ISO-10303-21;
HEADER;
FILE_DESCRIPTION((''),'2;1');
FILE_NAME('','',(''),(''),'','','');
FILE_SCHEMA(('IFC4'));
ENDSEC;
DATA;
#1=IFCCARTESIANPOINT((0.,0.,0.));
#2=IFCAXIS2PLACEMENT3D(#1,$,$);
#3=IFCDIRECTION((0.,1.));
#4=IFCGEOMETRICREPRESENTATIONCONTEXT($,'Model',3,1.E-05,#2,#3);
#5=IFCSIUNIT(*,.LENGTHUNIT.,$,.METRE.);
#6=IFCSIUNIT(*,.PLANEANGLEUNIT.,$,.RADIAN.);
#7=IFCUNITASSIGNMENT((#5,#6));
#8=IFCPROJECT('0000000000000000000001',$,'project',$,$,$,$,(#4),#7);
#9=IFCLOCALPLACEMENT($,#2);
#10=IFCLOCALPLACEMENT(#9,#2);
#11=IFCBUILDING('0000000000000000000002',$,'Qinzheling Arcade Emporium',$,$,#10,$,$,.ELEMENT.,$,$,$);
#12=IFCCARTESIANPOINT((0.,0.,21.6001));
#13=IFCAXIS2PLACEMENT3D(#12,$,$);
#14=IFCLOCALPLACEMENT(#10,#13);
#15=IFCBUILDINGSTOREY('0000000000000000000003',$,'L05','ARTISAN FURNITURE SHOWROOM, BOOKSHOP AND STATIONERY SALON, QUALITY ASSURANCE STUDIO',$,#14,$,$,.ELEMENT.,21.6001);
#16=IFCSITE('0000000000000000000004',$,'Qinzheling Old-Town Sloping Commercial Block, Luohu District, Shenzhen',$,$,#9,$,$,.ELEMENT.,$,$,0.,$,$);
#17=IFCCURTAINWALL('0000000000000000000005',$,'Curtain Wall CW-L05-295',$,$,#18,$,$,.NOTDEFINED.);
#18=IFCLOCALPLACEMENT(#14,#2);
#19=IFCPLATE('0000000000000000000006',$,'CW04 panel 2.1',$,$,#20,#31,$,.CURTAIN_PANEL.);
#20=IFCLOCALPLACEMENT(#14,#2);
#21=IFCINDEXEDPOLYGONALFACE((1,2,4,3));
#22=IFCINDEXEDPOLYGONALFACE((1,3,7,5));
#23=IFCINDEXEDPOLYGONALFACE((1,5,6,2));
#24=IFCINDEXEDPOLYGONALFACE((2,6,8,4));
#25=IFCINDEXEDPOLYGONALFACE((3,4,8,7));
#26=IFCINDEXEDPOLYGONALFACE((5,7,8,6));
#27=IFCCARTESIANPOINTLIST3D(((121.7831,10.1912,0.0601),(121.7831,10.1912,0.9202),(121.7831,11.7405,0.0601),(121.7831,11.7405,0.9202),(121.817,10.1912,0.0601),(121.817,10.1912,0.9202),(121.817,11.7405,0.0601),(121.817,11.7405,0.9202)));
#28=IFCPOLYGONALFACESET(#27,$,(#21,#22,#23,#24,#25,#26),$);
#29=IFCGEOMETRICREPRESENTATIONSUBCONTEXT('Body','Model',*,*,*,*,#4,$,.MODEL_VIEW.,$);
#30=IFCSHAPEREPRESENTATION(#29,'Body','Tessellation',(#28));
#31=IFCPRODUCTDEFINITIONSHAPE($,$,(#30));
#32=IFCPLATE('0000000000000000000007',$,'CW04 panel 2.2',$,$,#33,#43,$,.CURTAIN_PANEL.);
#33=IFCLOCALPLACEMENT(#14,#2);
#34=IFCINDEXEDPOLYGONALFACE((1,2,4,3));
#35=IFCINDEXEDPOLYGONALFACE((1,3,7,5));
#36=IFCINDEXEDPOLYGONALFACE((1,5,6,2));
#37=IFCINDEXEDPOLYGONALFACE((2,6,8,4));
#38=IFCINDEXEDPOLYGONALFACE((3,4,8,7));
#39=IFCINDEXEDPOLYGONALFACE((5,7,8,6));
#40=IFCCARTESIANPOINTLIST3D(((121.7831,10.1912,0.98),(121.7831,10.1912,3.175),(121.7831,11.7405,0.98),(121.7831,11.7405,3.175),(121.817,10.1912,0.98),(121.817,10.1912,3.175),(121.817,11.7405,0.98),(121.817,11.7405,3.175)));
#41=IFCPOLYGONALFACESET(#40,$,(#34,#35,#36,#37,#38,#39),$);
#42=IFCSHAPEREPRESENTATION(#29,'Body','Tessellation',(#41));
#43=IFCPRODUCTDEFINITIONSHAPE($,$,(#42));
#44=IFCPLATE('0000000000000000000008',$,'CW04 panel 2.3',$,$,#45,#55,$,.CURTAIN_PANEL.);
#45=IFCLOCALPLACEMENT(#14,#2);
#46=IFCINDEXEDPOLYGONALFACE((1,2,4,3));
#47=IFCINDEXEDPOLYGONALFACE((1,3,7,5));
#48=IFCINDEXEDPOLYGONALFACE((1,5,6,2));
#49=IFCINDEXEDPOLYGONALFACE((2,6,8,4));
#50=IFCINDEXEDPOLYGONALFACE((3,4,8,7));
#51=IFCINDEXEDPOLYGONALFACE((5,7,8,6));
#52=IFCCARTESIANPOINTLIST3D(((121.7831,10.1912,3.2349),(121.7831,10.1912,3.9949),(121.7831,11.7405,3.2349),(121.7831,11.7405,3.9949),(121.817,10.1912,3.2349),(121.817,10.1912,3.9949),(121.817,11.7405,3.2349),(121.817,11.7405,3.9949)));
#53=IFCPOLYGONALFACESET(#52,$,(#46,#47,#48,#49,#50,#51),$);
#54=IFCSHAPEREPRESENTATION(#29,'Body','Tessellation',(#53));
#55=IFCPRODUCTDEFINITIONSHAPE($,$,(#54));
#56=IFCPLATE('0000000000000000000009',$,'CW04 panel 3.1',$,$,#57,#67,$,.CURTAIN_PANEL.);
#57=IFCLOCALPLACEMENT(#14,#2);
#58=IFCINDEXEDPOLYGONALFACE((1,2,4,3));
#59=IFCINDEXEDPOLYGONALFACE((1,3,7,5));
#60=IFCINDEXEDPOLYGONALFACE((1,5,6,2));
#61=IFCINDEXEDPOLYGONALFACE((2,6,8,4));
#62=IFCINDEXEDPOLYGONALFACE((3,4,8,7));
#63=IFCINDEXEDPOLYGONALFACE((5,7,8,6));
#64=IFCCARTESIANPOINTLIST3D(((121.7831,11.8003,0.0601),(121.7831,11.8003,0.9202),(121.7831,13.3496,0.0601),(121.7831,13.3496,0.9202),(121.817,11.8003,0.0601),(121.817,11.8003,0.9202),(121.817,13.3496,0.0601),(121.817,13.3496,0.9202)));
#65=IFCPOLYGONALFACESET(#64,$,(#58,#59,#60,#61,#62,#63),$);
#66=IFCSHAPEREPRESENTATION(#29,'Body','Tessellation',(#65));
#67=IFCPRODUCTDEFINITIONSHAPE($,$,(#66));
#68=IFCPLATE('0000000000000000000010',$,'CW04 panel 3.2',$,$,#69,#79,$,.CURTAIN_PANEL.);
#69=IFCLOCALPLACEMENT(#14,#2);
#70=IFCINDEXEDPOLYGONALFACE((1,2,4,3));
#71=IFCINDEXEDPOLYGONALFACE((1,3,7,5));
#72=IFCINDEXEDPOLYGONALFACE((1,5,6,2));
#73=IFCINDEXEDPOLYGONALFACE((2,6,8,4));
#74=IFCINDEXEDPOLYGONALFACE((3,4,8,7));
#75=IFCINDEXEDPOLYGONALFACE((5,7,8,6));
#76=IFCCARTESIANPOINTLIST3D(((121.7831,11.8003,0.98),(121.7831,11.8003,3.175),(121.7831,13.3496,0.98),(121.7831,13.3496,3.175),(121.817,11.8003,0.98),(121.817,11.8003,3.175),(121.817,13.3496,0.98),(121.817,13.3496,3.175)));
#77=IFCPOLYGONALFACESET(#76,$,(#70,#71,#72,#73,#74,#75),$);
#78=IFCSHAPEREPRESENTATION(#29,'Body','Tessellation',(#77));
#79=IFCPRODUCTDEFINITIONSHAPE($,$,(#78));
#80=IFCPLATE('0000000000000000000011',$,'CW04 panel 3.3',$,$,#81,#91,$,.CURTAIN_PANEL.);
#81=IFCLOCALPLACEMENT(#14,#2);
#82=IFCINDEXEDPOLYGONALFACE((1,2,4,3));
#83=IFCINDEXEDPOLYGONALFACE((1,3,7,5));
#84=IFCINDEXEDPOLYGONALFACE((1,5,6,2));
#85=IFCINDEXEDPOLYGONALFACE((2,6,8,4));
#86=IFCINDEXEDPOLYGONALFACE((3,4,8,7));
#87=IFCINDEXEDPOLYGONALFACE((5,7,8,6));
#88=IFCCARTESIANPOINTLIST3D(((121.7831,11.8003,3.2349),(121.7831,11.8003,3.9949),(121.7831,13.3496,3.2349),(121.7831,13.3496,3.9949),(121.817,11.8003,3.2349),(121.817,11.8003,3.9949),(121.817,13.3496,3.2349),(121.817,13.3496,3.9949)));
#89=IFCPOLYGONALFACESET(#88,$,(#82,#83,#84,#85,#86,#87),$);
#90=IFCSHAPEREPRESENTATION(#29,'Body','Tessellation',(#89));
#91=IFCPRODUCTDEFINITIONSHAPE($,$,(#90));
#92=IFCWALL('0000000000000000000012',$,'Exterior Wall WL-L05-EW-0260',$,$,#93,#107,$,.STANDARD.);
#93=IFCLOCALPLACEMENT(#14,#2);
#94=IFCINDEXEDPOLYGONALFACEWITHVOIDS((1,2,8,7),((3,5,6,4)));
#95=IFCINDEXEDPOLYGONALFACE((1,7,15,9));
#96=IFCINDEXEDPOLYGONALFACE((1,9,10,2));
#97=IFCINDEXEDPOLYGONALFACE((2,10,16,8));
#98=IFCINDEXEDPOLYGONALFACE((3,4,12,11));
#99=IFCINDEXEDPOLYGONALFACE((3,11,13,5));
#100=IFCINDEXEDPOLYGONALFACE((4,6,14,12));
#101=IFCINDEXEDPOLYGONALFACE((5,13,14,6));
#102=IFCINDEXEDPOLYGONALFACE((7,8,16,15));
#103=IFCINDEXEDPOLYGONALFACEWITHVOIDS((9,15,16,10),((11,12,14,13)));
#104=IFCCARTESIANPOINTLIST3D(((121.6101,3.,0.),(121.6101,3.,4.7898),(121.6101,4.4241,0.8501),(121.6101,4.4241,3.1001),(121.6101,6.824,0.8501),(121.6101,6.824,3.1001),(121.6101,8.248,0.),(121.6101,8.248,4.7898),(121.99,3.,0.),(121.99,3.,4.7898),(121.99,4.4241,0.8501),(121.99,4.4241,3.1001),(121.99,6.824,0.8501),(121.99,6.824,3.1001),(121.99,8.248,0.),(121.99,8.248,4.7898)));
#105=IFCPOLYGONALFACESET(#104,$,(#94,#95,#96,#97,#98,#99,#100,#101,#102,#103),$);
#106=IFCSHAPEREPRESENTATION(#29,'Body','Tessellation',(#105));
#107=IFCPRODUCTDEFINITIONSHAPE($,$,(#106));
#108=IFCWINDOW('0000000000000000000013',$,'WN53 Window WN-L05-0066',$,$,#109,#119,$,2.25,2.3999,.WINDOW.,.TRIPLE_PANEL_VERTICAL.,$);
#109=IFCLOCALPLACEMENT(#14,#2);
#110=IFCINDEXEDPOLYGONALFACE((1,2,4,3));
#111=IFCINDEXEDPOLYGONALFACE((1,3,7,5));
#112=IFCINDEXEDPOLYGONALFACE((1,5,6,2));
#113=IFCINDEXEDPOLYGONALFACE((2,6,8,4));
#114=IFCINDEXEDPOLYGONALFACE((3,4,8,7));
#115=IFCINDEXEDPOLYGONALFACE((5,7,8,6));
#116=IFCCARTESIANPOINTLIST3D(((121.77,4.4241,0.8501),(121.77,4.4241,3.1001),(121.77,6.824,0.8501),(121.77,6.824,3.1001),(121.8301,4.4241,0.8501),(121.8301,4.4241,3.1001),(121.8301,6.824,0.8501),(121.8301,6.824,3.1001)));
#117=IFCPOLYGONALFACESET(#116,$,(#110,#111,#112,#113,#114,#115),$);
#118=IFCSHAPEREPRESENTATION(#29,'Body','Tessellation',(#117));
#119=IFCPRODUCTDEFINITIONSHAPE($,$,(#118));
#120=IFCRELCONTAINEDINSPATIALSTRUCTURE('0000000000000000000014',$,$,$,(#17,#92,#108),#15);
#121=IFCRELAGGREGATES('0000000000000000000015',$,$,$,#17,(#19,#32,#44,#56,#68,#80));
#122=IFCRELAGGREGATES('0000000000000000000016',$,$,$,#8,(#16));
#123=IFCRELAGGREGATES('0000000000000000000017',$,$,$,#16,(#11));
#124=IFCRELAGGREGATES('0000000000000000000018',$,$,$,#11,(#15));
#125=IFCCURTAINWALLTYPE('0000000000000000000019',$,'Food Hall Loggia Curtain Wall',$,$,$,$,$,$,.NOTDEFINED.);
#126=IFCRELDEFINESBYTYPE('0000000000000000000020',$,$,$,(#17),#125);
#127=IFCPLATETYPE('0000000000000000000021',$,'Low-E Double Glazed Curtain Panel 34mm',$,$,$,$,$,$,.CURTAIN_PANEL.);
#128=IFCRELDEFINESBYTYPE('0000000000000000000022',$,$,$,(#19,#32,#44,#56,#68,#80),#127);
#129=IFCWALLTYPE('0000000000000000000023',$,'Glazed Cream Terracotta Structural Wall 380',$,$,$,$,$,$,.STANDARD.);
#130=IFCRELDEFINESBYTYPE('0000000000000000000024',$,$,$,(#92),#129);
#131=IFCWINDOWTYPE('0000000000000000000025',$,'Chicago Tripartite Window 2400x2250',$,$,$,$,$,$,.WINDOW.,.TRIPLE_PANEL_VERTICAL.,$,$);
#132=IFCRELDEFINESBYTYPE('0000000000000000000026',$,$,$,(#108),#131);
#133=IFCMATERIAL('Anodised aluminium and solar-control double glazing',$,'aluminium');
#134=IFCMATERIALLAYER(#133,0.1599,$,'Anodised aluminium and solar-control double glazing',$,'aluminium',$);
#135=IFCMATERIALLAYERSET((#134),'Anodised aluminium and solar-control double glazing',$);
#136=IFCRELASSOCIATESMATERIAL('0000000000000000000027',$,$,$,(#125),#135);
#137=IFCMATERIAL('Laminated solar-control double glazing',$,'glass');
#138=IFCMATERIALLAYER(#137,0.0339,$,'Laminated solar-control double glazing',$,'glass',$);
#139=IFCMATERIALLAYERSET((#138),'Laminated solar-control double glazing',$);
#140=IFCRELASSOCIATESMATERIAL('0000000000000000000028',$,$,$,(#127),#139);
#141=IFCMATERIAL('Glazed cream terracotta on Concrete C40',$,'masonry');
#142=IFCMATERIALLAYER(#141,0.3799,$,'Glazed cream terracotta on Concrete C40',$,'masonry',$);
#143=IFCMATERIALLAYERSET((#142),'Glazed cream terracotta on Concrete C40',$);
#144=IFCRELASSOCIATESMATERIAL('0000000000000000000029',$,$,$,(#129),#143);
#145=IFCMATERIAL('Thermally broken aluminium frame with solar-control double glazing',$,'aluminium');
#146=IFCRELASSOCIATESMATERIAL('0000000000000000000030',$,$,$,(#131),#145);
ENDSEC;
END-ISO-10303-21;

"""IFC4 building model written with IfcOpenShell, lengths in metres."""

from ifc_helpers import new_model, si_unit, direction, frame, frame_2d, origin, origin_2d, place, context, subcontext, project, spatial, rectangle, extrude, material, layer, layer_set, type_object, element, fill, aggregate, save


model = new_model("IFC4")

# Units and contexts
model_context = context("Model", 3, precision=1e-05, world=origin(), true_north=direction((0.0, 1.0)))
body_context = subcontext(model_context, "Body", "Model", "MODEL_VIEW")
ifc_project = project(units=[si_unit("LENGTHUNIT", "METRE"), si_unit("PLANEANGLEUNIT", "RADIAN")], contexts=[model_context])

# Site, building, storey
site_placement = place(None, origin())
site = spatial("IfcSite", under=ifc_project, at=site_placement, Name="Qinzheling Old-Town Sloping Commercial Block, Luohu District, Shenzhen", CompositionType="ELEMENT", RefElevation=0.0)
building_placement = place(site_placement, origin())
building = spatial("IfcBuilding", under=site, at=building_placement, Name="Qinzheling Arcade Emporium", CompositionType="ELEMENT")
storey_placement = place(building_placement, frame((0.0, 0.0, 21.6001)))
storey = spatial("IfcBuildingStorey", under=building, at=storey_placement, Name="L05", Description="ARTISAN FURNITURE SHOWROOM, BOOKSHOP AND STATIONERY SALON, QUALITY ASSURANCE STUDIO", CompositionType="ELEMENT", Elevation=21.6001)

# Curtain wall
ifc_material_1 = material(Name="Anodised aluminium and solar-control double glazing", Category="aluminium")
ifc_layer_1 = layer(ifc_material_1, 0.1599, Name="Anodised aluminium and solar-control double glazing", Category="aluminium")
ifc_layer_set_1 = layer_set([ifc_layer_1], Name="Anodised aluminium and solar-control double glazing")
curtain_wall_type = type_object("IfcCurtainWallType", Name="Food Hall Loggia Curtain Wall", PredefinedType="NOTDEFINED", material=ifc_layer_set_1)
curtain_wall_placement = place(storey_placement, origin())
curtain_wall = element("IfcCurtainWall", 1, at=curtain_wall_placement, inside=storey, type_object=curtain_wall_type, Name="Curtain Wall CW-L05-295", PredefinedType="NOTDEFINED")

# Plates
ifc_material_2 = material(Name="Laminated solar-control double glazing", Category="glass")
ifc_layer_2 = layer(ifc_material_2, 0.0339, Name="Laminated solar-control double glazing", Category="glass")
ifc_layer_set_2 = layer_set([ifc_layer_2], Name="Laminated solar-control double glazing")
plate_type = type_object("IfcPlateType", Name="Low-E Double Glazed Curtain Panel 34mm", PredefinedType="CURTAIN_PANEL", material=ifc_layer_set_2)
plate_1_placement = place(storey_placement, frame((121.8, 10.9658, 0.0601), z_axis=(0.0, 0.0, 1.0), x_axis=(0.0, 1.0, 0.0)))
plate_1 = element("IfcPlate", 2, at=plate_1_placement, type_object=plate_type, Name="CW04 panel 2.1", PredefinedType="CURTAIN_PANEL", context=body_context, shape_type="SweptSolid", body=[
    extrude(rectangle(XDim=1.5493, YDim=0.0339, at=origin_2d()), origin(), (0.0, 0.0, 1.0), 0.8601),
])
plate_2_placement = place(storey_placement, frame((121.8, 10.9658, 0.98), z_axis=(0.0, 0.0, 1.0), x_axis=(0.0, 1.0, 0.0)))
plate_2 = element("IfcPlate", 3, at=plate_2_placement, type_object=plate_type, Name="CW04 panel 2.2", PredefinedType="CURTAIN_PANEL", context=body_context, shape_type="SweptSolid", body=[
    extrude(rectangle(XDim=1.5493, YDim=0.0339, at=origin_2d()), origin(), (0.0, 0.0, 1.0), 2.1951),
])
plate_3_placement = place(storey_placement, frame((121.8, 10.9658, 3.2349), z_axis=(0.0, 0.0, 1.0), x_axis=(0.0, 1.0, 0.0)))
plate_3 = element("IfcPlate", 4, at=plate_3_placement, type_object=plate_type, Name="CW04 panel 2.3", PredefinedType="CURTAIN_PANEL", context=body_context, shape_type="SweptSolid", body=[
    extrude(rectangle(XDim=1.5493, YDim=0.0339, at=origin_2d()), origin(), (0.0, 0.0, 1.0), 0.76),
])
plate_4_placement = place(storey_placement, frame((121.8, 12.575, 0.0601), z_axis=(0.0, 0.0, 1.0), x_axis=(0.0, 1.0, 0.0)))
plate_4 = element("IfcPlate", 5, at=plate_4_placement, type_object=plate_type, Name="CW04 panel 3.1", PredefinedType="CURTAIN_PANEL", context=body_context, shape_type="SweptSolid", body=[
    extrude(rectangle(XDim=1.5493, YDim=0.0339, at=origin_2d()), origin(), (0.0, 0.0, 1.0), 0.8601),
])
plate_5_placement = place(storey_placement, frame((121.8, 12.575, 0.98), z_axis=(0.0, 0.0, 1.0), x_axis=(0.0, 1.0, 0.0)))
plate_5 = element("IfcPlate", 6, at=plate_5_placement, type_object=plate_type, Name="CW04 panel 3.2", PredefinedType="CURTAIN_PANEL", context=body_context, shape_type="SweptSolid", body=[
    extrude(rectangle(XDim=1.5493, YDim=0.0339, at=origin_2d()), origin(), (0.0, 0.0, 1.0), 2.1951),
])
plate_6_placement = place(storey_placement, frame((121.8, 12.575, 3.2349), z_axis=(0.0, 0.0, 1.0), x_axis=(0.0, 1.0, 0.0)))
plate_6 = element("IfcPlate", 7, at=plate_6_placement, type_object=plate_type, Name="CW04 panel 3.3", PredefinedType="CURTAIN_PANEL", context=body_context, shape_type="SweptSolid", body=[
    extrude(rectangle(XDim=1.5493, YDim=0.0339, at=origin_2d()), origin(), (0.0, 0.0, 1.0), 0.76),
])
aggregate(curtain_wall, [plate_1, plate_2, plate_3, plate_4, plate_5, plate_6])

# Wall, opening, window
ifc_material_3 = material(Name="Glazed cream terracotta on Concrete C40", Category="masonry")
ifc_layer_3 = layer(ifc_material_3, 0.3799, Name="Glazed cream terracotta on Concrete C40", Category="masonry")
ifc_layer_set_3 = layer_set([ifc_layer_3], Name="Glazed cream terracotta on Concrete C40")
wall_type = type_object("IfcWallType", Name="Glazed Cream Terracotta Structural Wall 380", PredefinedType="STANDARD", material=ifc_layer_set_3)
wall_placement = place(storey_placement, frame((121.8, 3.0, 0.0), z_axis=(0.0, 0.0, 1.0), x_axis=(0.0, 1.0, 0.0)))
wall = element("IfcWall", 8, at=wall_placement, inside=storey, type_object=wall_type, Name="Exterior Wall WL-L05-EW-0260", PredefinedType="STANDARD", context=body_context, shape_type="SweptSolid", body=[
    extrude(rectangle(XDim=5.248, YDim=0.3799, at=frame_2d((2.624, 0.0))), origin(), (0.0, 0.0, 1.0), 4.7898),
])
opening_placement = place(wall_placement, frame((1.4241, 0.0, 0.8501)))
opening = element("IfcOpeningElement", 9, at=opening_placement, cuts=wall, PredefinedType="OPENING", context=body_context, shape_type="SweptSolid", body=[
    extrude(rectangle(XDim=2.3999, YDim=2.25, at=frame_2d((1.2, 1.125))), frame((0.0, 0.2, 0.0), z_axis=(0.0, -1.0, 0.0), x_axis=(1.0, 0.0, 0.0)), (0.0, 0.0, 1.0), 0.3999),
])
ifc_material_4 = material(Name="Thermally broken aluminium frame with solar-control double glazing", Category="aluminium")
window_type = type_object("IfcWindowType", Name="Chicago Tripartite Window 2400x2250", PartitioningType="TRIPLE_PANEL_VERTICAL", PredefinedType="WINDOW", material=ifc_material_4)
window_placement = place(opening_placement, origin())
window = element("IfcWindow", 10, at=window_placement, inside=storey, type_object=window_type, Name="WN53 Window WN-L05-0066", OverallHeight=2.25, OverallWidth=2.3999, PartitioningType="TRIPLE_PANEL_VERTICAL", PredefinedType="WINDOW", context=body_context, shape_type="SweptSolid", body=[
    extrude(rectangle(XDim=2.3999, YDim=2.25, at=frame_2d((1.2, 1.125))), frame((0.0, 0.03, 0.0), z_axis=(0.0, -1.0, 0.0), x_axis=(1.0, 0.0, 0.0)), (0.0, 0.0, 1.0), 0.0601),
])
fill(opening, window)

save(model, "model.ifc")
